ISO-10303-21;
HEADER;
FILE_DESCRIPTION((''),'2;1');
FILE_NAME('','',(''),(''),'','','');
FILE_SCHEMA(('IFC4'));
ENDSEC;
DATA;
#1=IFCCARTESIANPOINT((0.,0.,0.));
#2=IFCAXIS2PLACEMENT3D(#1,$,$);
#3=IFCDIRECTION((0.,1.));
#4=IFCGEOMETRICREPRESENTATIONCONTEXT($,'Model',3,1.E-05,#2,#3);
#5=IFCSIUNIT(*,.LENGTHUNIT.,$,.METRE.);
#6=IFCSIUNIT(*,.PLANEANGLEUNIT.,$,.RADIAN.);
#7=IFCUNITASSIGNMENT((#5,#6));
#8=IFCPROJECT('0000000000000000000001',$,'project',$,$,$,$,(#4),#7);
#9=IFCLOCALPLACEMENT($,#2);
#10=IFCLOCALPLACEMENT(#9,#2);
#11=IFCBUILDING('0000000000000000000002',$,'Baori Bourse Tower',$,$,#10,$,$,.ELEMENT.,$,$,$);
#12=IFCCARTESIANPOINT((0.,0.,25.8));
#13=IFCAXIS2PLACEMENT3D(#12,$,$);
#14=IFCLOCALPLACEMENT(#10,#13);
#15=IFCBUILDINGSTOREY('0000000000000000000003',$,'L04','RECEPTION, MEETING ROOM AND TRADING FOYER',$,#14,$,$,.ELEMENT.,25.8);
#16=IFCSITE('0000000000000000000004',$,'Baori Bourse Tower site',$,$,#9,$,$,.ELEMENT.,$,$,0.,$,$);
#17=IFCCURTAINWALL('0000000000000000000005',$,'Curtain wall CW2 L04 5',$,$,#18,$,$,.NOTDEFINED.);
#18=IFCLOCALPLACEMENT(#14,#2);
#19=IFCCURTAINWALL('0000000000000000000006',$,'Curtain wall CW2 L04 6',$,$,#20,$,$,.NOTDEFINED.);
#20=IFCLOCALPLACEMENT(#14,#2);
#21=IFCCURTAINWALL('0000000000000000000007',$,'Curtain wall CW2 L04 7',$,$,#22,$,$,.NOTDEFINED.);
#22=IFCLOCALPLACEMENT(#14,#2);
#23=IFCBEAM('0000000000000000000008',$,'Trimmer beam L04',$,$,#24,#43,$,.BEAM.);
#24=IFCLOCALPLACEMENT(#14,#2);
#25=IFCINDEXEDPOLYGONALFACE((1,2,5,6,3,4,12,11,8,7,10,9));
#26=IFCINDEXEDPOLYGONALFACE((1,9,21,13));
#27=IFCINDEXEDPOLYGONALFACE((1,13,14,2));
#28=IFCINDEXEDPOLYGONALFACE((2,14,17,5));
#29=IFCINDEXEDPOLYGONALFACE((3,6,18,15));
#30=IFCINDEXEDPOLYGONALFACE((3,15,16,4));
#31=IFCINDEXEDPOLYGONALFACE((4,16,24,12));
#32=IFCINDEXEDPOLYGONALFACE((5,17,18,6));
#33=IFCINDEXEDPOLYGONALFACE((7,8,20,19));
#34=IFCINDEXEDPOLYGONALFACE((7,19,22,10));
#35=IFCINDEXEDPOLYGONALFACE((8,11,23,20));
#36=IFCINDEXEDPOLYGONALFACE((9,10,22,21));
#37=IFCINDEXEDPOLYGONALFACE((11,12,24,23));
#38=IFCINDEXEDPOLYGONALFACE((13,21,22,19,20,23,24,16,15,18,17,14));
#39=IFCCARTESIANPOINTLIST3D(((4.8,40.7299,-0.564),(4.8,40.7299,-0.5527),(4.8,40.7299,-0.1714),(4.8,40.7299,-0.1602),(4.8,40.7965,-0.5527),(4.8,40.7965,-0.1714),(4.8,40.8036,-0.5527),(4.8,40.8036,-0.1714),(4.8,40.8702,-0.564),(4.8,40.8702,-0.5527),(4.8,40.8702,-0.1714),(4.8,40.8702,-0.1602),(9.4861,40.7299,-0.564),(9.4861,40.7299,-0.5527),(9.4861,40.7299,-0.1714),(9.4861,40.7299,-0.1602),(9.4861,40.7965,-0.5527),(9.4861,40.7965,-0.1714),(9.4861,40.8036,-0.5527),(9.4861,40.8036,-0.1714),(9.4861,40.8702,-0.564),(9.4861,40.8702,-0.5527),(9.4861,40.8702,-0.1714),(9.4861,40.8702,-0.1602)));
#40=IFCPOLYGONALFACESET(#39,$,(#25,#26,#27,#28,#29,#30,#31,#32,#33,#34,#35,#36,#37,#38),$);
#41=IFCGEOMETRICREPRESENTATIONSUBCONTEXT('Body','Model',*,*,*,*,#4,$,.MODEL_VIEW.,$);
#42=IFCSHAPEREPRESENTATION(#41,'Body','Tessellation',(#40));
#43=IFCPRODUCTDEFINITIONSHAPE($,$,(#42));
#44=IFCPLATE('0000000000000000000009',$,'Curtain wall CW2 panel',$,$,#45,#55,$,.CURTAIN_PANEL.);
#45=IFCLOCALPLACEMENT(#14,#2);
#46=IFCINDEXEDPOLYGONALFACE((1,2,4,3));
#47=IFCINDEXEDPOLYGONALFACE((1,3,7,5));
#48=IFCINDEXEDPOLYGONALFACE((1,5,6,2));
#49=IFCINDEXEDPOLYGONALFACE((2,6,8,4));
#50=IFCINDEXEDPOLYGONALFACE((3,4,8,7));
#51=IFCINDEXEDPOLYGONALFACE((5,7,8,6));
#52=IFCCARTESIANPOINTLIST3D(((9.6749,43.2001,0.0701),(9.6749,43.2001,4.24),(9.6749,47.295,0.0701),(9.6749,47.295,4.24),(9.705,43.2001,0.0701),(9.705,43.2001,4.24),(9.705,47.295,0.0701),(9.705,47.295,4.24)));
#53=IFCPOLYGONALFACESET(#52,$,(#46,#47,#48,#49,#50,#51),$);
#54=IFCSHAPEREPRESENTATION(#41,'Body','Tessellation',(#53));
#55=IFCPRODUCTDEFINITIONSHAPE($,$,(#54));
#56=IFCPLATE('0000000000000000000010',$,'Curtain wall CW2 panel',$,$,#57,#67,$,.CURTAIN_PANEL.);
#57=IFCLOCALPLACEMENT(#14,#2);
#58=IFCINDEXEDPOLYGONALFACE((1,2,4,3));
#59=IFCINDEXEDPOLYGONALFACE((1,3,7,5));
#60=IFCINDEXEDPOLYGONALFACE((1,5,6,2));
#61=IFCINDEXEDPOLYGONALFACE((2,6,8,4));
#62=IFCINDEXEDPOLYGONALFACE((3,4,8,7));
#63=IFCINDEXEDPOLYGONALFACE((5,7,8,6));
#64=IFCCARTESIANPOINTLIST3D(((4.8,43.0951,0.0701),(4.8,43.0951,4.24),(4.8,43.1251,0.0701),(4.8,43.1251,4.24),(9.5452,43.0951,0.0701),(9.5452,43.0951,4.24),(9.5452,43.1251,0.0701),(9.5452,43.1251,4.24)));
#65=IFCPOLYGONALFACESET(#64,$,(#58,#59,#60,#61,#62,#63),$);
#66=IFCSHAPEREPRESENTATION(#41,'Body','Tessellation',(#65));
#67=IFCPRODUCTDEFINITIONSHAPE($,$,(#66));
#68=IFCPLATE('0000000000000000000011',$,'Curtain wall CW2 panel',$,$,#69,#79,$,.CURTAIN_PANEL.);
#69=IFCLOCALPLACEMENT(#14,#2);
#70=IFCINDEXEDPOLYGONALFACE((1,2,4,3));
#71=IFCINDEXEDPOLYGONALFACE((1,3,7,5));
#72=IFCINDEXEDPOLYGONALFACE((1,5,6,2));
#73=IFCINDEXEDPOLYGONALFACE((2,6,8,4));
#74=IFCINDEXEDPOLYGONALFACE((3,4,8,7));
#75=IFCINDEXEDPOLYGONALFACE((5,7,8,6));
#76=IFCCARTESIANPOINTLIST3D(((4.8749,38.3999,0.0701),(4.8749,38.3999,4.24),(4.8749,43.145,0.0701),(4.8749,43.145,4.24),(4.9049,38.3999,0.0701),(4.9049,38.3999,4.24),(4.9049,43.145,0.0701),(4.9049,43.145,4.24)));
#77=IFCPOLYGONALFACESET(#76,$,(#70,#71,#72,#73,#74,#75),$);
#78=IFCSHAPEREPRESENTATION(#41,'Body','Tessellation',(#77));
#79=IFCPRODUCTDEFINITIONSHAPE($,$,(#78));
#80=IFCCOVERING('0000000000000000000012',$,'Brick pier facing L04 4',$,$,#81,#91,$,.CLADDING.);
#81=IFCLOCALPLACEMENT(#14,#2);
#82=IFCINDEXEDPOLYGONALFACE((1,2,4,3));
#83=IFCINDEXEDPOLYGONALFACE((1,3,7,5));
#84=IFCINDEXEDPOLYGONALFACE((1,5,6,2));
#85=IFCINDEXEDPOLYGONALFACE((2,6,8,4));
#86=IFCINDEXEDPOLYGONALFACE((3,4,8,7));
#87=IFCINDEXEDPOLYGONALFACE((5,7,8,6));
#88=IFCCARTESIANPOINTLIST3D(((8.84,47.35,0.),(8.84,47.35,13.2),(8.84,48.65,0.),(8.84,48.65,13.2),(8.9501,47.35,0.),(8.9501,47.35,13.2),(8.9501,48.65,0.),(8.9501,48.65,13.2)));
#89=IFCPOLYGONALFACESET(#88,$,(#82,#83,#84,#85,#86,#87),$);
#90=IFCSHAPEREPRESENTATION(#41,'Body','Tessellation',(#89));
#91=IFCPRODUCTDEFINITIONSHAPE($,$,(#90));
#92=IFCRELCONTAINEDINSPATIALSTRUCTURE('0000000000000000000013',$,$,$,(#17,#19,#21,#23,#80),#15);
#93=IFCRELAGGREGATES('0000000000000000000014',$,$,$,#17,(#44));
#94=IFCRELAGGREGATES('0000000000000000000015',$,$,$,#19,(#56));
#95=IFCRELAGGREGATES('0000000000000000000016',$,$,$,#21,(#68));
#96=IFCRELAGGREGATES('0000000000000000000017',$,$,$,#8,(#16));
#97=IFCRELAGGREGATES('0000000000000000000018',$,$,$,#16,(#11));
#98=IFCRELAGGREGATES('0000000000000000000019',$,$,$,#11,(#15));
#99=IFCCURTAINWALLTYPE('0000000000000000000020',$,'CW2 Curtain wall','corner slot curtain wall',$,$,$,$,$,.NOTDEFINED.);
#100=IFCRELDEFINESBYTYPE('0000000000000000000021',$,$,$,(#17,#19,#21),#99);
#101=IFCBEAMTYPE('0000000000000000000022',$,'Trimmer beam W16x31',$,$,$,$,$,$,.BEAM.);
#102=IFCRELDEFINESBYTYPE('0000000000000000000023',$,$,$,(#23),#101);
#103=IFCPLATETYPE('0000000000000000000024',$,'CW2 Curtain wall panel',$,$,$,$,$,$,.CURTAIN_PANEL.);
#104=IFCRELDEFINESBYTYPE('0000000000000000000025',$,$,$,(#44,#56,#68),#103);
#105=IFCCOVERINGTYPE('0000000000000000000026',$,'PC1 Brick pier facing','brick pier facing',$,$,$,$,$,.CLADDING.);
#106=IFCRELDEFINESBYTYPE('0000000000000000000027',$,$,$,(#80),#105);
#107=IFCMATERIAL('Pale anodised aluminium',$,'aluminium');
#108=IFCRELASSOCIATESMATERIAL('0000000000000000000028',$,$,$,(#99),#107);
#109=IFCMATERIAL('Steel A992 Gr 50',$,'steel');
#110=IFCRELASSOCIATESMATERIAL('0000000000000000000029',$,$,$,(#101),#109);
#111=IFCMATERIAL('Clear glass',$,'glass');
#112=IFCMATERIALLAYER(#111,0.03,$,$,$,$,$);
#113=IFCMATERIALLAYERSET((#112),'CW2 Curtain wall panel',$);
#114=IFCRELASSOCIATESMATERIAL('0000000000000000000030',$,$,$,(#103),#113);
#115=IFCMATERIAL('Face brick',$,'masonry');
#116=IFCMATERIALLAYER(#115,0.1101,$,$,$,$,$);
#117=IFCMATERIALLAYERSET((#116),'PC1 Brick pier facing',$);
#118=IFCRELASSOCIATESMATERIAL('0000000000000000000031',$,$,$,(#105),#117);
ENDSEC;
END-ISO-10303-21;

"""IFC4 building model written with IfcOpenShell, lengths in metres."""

from ifc_helpers import new_model, si_unit, direction, frame, origin, origin_2d, place, context, subcontext, project, spatial, rectangle, i_section, extrude, material, layer, layer_set, material_profile, profile_set, type_object, element, aggregate, save


model = new_model("IFC4")

# Units and contexts
model_context = context("Model", 3, precision=1e-05, world=origin(), true_north=direction((0.0, 1.0)))
body_context = subcontext(model_context, "Body", "Model", "MODEL_VIEW")
ifc_project = project(units=[si_unit("LENGTHUNIT", "METRE"), si_unit("PLANEANGLEUNIT", "RADIAN")], contexts=[model_context])

# Site, building, storey
site_placement = place(None, origin())
site = spatial("IfcSite", under=ifc_project, at=site_placement, Name="Baori Bourse Tower site", CompositionType="ELEMENT", RefElevation=0.0)
building_placement = place(site_placement, origin())
building = spatial("IfcBuilding", under=site, at=building_placement, Name="Baori Bourse Tower", CompositionType="ELEMENT")
storey_placement = place(building_placement, frame((0.0, 0.0, 25.8)))
storey = spatial("IfcBuildingStorey", under=building, at=storey_placement, Name="L04", Description="RECEPTION, MEETING ROOM AND TRADING FOYER", CompositionType="ELEMENT", Elevation=25.8)

# Curtain walls
ifc_material_1 = material(Name="Pale anodised aluminium", Category="aluminium")
curtain_wall_type = type_object("IfcCurtainWallType", Name="CW2 Curtain wall", Description="corner slot curtain wall", PredefinedType="NOTDEFINED", material=ifc_material_1)
curtain_wall_1_placement = place(storey_placement, origin())
curtain_wall_1 = element("IfcCurtainWall", 1, at=curtain_wall_1_placement, inside=storey, type_object=curtain_wall_type, Name="Curtain wall CW2 L04 5", PredefinedType="NOTDEFINED")
curtain_wall_2_placement = place(storey_placement, origin())
curtain_wall_2 = element("IfcCurtainWall", 2, at=curtain_wall_2_placement, inside=storey, type_object=curtain_wall_type, Name="Curtain wall CW2 L04 6", PredefinedType="NOTDEFINED")
curtain_wall_3_placement = place(storey_placement, origin())
curtain_wall_3 = element("IfcCurtainWall", 3, at=curtain_wall_3_placement, inside=storey, type_object=curtain_wall_type, Name="Curtain wall CW2 L04 7", PredefinedType="NOTDEFINED")

# Beam
ifc_material_2 = material(Name="Steel A992 Gr 50", Category="steel")
ifc_material_profile_1 = material_profile(ifc_material_2, i_section(OverallWidth=0.1404, OverallDepth=0.4038, WebThickness=0.0071, FlangeThickness=0.0112, at=origin_2d()), Name="W16x31")
ifc_profile_set_1 = profile_set([ifc_material_profile_1], Name="Steel A992 Gr 50")
beam_type_1 = type_object("IfcBeamType", Name="Trimmer beam W16x31", PredefinedType="BEAM", material=ifc_profile_set_1)
beam_1_placement = place(storey_placement, frame((4.8, 40.8, -0.3621), z_axis=(1.0, 0.0, 0.0), x_axis=(0.0, 1.0, 0.0)))
element("IfcBeam", 4, at=beam_1_placement, inside=storey, type_object=beam_type_1, Name="Trimmer beam L04", PredefinedType="BEAM", context=body_context, shape_type="SweptSolid", body=[
    extrude(i_section(OverallWidth=0.1404, OverallDepth=0.4038, WebThickness=0.0071, FlangeThickness=0.0112, at=origin_2d()), origin(), (0.0, 0.0, 1.0), 4.686),
])

# Plates
ifc_material_3 = material(Name="Clear glass", Category="glass")
ifc_layer_1 = layer(ifc_material_3, 0.03)
ifc_layer_set_1 = layer_set([ifc_layer_1], Name="CW2 Curtain wall panel")
plate_type = type_object("IfcPlateType", Name="CW2 Curtain wall panel", PredefinedType="CURTAIN_PANEL", material=ifc_layer_set_1)
plate_1_placement = place(storey_placement, frame((9.6899, 45.2476, 0.0701), z_axis=(0.0, 0.0, 1.0), x_axis=(0.0, -1.0, 0.0)))
plate_1 = element("IfcPlate", 5, at=plate_1_placement, type_object=plate_type, Name="Curtain wall CW2 panel", PredefinedType="CURTAIN_PANEL", context=body_context, shape_type="SweptSolid", body=[
    extrude(rectangle(XDim=4.095, YDim=0.03, at=origin_2d()), origin(), (0.0, 0.0, 1.0), 4.1699),
])
aggregate(curtain_wall_1, [plate_1])
plate_2_placement = place(storey_placement, frame((7.1726, 43.1101, 0.0701), z_axis=(0.0, 0.0, 1.0), x_axis=(-1.0, 0.0, 0.0)))
plate_2 = element("IfcPlate", 6, at=plate_2_placement, type_object=plate_type, Name="Curtain wall CW2 panel", PredefinedType="CURTAIN_PANEL", context=body_context, shape_type="SweptSolid", body=[
    extrude(rectangle(XDim=4.7451, YDim=0.03, at=origin_2d()), origin(), (0.0, 0.0, 1.0), 4.1699),
])
aggregate(curtain_wall_2, [plate_2])
plate_3_placement = place(storey_placement, frame((4.8899, 40.7725, 0.0701), z_axis=(0.0, 0.0, 1.0), x_axis=(0.0, -1.0, 0.0)))
plate_3 = element("IfcPlate", 7, at=plate_3_placement, type_object=plate_type, Name="Curtain wall CW2 panel", PredefinedType="CURTAIN_PANEL", context=body_context, shape_type="SweptSolid", body=[
    extrude(rectangle(XDim=4.7451, YDim=0.03, at=origin_2d()), origin(), (0.0, 0.0, 1.0), 4.1699),
])
aggregate(curtain_wall_3, [plate_3])

# Covering
ifc_material_4 = material(Name="Face brick", Category="masonry")
ifc_layer_2 = layer(ifc_material_4, 0.1101)
ifc_layer_set_2 = layer_set([ifc_layer_2], Name="PC1 Brick pier facing")
covering_type = type_object("IfcCoveringType", Name="PC1 Brick pier facing", Description="brick pier facing", PredefinedType="CLADDING", material=ifc_layer_set_2)
covering_placement = place(storey_placement, frame((8.895, 48.0, 0.0), z_axis=(0.0, 0.0, 1.0), x_axis=(1.0, 0.0, 0.0)))
element("IfcCovering", 8, at=covering_placement, inside=storey, type_object=covering_type, Name="Brick pier facing L04 4", PredefinedType="CLADDING", context=body_context, shape_type="SweptSolid", body=[
    extrude(rectangle(XDim=0.1101, YDim=1.3, at=origin_2d()), origin(), (0.0, 0.0, 1.0), 13.2),
])

save(model, "model.ifc")
